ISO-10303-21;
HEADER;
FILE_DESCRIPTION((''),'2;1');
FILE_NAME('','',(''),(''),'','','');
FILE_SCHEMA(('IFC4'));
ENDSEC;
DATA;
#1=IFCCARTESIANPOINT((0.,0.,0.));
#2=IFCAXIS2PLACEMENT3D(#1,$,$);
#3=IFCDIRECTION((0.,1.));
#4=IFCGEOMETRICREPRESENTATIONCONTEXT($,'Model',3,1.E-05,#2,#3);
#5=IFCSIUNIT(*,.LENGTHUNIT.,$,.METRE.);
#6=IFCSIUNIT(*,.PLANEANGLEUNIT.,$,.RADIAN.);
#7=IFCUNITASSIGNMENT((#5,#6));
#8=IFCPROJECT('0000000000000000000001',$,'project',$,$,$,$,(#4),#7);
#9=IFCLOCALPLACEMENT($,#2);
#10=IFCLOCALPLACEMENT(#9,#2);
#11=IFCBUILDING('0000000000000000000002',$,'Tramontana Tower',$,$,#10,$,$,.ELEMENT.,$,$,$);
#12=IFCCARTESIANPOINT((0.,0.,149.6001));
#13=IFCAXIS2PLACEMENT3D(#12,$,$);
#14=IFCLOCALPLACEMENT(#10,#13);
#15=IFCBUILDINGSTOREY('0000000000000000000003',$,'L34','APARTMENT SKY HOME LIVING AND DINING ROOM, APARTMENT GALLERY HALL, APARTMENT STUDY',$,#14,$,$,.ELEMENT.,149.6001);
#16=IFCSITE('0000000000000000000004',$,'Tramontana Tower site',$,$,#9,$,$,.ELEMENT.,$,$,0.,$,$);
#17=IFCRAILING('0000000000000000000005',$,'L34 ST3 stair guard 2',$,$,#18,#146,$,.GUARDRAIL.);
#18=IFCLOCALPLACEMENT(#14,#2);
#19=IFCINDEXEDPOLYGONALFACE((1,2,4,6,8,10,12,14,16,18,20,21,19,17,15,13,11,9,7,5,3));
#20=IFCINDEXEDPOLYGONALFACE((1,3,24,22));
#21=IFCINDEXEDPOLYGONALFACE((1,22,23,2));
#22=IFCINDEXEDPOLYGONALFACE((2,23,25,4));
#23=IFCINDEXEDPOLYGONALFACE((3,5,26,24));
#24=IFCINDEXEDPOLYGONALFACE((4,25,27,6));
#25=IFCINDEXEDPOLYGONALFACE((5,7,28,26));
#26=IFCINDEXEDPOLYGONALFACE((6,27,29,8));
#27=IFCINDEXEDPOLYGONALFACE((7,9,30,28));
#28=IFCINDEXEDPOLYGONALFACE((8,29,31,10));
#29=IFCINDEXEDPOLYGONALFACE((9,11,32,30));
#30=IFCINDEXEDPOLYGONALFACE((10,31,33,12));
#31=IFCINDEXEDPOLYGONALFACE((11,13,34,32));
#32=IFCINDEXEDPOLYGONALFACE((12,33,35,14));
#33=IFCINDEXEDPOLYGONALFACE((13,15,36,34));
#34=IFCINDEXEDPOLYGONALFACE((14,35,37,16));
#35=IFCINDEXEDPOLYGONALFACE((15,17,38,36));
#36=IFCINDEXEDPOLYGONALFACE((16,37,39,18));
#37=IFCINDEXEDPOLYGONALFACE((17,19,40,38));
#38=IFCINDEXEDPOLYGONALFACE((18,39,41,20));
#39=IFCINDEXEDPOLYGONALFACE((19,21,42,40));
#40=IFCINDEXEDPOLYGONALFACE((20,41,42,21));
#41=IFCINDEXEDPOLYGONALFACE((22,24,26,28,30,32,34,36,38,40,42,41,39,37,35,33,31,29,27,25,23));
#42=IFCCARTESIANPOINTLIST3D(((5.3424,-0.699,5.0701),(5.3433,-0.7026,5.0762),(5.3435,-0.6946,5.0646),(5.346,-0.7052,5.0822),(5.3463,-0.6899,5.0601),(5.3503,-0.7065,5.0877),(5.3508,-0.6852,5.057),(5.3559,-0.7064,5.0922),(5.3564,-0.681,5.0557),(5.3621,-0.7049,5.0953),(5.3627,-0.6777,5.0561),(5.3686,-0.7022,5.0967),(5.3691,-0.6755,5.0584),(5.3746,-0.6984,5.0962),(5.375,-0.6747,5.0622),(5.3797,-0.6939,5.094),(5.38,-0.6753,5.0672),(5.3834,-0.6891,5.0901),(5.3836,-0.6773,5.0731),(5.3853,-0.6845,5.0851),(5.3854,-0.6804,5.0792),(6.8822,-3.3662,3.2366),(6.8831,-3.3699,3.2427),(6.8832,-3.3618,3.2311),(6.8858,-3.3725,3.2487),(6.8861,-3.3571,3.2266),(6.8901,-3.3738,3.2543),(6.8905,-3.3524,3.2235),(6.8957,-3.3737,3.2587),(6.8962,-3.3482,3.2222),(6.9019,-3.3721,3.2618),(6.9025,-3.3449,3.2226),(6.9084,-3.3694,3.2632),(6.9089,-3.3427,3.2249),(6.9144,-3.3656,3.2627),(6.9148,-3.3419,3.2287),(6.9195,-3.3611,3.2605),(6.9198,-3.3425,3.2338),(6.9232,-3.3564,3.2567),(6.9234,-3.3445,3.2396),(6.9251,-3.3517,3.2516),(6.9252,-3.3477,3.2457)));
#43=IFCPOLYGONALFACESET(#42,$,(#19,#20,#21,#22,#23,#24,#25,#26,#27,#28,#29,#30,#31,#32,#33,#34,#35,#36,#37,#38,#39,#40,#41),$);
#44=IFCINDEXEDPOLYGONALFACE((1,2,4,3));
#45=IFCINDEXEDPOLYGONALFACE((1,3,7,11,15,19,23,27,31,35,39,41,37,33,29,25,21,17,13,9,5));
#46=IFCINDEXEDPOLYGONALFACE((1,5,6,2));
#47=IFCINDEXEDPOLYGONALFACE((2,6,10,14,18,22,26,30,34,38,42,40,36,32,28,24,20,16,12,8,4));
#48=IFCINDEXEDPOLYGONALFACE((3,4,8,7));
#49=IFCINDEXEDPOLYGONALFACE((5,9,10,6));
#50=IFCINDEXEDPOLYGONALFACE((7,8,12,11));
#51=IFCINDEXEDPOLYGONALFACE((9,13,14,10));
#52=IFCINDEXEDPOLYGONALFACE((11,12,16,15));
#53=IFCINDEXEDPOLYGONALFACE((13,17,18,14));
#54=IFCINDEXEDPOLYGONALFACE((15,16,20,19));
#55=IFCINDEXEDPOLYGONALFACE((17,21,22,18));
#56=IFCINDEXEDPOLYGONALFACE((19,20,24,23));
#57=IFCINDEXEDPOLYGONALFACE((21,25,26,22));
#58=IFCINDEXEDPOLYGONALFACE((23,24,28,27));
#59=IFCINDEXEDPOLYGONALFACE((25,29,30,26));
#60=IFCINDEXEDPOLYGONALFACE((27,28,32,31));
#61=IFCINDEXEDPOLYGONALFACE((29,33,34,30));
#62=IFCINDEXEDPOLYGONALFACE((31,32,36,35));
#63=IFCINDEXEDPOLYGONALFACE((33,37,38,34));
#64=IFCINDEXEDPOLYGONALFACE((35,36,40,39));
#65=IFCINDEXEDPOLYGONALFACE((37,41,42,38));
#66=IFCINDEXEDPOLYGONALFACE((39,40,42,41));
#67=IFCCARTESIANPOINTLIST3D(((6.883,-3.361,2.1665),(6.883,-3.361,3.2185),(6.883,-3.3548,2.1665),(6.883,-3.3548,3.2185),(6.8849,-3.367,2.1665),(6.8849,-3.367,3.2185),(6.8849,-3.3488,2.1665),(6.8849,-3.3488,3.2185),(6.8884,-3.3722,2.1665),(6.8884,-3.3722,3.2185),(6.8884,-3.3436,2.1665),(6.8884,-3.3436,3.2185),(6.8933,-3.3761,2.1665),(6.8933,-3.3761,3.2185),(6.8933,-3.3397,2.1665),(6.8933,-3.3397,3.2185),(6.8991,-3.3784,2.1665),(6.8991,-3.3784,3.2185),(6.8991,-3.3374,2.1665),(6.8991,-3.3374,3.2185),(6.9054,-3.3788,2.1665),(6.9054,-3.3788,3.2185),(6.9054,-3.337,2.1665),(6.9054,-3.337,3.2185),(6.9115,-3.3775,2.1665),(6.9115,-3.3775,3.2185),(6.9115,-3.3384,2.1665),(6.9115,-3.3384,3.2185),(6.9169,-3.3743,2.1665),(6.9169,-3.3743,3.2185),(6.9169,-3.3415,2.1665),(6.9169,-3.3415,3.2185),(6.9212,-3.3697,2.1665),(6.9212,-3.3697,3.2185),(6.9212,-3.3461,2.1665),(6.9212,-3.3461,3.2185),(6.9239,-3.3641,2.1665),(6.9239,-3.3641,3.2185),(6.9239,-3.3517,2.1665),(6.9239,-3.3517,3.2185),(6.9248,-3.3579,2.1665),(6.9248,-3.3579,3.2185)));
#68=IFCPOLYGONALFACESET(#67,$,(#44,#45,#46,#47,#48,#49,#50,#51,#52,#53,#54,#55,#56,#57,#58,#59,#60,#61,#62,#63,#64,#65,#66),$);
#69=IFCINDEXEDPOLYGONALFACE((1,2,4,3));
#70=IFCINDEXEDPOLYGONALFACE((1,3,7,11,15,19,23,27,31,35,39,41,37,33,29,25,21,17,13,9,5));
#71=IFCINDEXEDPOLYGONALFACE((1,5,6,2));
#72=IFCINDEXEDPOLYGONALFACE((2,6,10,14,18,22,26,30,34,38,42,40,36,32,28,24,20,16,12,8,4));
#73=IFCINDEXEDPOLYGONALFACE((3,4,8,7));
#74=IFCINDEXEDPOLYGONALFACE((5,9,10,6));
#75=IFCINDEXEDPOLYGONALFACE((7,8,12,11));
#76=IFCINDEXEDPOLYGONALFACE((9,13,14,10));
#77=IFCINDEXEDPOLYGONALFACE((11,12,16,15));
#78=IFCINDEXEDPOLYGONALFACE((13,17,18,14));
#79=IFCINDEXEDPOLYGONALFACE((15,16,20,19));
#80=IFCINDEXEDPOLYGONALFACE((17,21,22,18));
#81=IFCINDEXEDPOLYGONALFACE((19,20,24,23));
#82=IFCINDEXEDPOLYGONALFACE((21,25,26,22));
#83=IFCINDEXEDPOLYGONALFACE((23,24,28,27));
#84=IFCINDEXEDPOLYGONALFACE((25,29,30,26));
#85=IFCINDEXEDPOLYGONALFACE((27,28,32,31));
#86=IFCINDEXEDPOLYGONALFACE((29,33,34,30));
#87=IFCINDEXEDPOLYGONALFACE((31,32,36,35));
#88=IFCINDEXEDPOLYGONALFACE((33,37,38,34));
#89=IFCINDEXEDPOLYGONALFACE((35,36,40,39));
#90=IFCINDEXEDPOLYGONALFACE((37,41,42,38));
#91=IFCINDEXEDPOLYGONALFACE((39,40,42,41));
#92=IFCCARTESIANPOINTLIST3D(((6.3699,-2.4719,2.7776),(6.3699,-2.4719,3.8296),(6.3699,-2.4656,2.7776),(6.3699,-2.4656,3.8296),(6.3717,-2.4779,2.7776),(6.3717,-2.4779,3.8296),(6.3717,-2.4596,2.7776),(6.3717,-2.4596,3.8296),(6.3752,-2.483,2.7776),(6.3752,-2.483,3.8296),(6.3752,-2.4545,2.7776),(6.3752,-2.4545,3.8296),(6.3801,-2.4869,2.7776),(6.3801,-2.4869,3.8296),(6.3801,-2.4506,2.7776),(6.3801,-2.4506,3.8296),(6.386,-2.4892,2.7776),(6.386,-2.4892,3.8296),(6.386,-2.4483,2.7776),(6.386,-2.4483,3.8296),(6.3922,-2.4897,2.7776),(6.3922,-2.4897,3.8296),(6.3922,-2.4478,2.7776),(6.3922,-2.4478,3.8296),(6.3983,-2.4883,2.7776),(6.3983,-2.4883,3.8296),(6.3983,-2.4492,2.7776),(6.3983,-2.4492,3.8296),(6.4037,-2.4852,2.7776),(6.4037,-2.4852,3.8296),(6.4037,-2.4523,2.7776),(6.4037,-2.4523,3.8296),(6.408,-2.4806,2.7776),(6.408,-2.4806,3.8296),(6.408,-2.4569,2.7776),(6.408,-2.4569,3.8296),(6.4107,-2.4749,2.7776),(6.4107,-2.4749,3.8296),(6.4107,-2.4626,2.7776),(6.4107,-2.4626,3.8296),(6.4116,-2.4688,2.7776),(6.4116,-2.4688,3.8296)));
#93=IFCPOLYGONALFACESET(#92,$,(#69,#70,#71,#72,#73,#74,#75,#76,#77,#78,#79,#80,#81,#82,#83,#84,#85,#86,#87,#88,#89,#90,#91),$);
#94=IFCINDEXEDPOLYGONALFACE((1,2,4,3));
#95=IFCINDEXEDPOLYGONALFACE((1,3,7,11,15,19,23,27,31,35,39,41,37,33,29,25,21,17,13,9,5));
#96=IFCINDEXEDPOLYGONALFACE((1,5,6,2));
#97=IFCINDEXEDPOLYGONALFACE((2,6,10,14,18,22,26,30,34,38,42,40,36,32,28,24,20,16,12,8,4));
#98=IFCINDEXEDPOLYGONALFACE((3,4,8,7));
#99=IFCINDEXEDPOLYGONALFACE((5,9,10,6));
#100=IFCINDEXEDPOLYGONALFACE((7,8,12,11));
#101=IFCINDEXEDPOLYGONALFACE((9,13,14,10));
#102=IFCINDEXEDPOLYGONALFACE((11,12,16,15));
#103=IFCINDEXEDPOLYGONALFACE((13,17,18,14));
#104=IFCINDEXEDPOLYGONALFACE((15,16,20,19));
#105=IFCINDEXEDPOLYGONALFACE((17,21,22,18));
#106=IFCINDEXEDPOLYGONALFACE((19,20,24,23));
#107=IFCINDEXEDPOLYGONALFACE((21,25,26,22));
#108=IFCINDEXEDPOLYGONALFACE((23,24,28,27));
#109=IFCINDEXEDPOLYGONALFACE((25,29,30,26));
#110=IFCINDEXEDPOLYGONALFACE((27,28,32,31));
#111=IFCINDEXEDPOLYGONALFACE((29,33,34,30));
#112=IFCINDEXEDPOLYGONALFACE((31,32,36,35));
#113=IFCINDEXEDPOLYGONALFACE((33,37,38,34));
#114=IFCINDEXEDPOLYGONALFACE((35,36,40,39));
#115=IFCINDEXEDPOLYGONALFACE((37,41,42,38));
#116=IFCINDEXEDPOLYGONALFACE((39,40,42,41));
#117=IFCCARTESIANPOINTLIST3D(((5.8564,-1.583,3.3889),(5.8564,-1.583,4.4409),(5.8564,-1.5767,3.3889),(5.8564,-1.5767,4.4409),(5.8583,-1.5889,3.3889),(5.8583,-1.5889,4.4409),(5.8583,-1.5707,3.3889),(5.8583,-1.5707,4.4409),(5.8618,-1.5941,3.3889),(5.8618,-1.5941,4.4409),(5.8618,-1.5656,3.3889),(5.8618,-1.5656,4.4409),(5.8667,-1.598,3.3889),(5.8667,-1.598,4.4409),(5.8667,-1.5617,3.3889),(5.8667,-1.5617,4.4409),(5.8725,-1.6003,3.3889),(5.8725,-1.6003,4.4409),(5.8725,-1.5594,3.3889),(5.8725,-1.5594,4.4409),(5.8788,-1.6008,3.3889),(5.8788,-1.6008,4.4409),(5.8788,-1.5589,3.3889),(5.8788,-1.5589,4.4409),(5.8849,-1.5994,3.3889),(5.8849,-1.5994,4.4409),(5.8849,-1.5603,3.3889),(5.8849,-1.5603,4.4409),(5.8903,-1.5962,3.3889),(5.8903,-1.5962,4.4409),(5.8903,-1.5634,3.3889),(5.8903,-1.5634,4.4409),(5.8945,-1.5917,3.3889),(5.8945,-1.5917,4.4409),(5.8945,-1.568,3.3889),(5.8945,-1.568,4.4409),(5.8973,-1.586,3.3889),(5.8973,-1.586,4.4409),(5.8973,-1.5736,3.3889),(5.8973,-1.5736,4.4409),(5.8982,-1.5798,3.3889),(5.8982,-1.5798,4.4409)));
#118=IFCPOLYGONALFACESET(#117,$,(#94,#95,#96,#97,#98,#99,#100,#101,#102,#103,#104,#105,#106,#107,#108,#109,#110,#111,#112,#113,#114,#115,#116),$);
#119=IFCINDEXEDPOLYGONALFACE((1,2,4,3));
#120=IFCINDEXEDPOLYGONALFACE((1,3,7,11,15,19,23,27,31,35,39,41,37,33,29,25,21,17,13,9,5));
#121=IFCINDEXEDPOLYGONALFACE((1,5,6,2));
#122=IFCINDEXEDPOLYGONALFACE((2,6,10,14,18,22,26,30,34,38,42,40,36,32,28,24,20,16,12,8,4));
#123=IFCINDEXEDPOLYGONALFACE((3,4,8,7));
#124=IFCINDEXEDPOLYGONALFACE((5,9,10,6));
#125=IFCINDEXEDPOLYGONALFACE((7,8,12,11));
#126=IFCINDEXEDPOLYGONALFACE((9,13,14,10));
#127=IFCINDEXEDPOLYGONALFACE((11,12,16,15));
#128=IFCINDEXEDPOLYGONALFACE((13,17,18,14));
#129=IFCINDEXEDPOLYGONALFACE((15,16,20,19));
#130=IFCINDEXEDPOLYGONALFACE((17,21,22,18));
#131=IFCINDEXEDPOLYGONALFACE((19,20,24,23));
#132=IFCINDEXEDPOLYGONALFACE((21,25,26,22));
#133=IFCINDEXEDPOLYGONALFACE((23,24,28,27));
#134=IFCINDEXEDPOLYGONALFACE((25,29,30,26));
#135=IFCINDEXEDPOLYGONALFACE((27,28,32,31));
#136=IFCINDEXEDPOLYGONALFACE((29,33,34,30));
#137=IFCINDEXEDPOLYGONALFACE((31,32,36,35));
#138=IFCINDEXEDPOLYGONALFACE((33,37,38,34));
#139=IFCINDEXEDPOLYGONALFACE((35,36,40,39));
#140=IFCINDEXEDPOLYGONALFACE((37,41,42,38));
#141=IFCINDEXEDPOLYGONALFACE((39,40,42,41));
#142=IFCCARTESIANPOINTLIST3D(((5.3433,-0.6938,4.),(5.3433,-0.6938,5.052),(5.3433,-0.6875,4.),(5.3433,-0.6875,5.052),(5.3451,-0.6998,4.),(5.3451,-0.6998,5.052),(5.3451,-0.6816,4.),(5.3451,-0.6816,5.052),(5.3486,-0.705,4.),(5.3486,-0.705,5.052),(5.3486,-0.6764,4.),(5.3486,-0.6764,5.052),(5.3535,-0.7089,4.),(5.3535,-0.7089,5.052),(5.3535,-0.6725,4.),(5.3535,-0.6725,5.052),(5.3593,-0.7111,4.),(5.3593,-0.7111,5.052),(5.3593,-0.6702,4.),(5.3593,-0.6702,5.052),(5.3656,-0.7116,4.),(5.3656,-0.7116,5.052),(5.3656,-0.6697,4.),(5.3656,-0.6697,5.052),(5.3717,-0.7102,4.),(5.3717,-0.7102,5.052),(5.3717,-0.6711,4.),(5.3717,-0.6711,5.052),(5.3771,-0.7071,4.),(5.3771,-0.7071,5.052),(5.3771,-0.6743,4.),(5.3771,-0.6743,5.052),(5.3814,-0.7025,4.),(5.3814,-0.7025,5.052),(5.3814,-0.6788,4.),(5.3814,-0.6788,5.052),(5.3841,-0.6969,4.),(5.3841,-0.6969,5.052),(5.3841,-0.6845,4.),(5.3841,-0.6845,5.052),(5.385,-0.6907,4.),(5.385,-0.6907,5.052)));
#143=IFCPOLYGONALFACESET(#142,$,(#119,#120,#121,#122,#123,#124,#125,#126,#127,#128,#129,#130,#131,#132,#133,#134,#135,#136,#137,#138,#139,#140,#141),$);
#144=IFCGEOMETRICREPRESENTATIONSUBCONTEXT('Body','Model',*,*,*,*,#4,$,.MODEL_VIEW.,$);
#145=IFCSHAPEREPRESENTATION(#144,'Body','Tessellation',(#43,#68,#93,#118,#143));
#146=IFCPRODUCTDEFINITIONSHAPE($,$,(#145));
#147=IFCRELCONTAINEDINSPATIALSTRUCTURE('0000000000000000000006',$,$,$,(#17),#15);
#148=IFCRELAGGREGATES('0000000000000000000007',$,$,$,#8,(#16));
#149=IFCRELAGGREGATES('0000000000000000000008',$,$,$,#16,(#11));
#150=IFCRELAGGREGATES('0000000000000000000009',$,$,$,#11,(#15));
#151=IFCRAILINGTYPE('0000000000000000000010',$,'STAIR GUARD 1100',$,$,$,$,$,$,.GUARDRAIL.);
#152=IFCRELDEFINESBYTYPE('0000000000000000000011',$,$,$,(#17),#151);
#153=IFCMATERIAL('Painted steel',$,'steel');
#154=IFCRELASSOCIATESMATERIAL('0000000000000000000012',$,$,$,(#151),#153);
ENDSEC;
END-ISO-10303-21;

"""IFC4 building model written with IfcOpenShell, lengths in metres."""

from ifc_helpers import new_model, si_unit, direction, frame, origin, origin_2d, place, context, subcontext, project, spatial, circle, extrude, material, type_object, element, save


model = new_model("IFC4")

# Units and contexts
model_context = context("Model", 3, precision=1e-05, world=origin(), true_north=direction((0.0, 1.0)))
body_context = subcontext(model_context, "Body", "Model", "MODEL_VIEW")
ifc_project = project(units=[si_unit("LENGTHUNIT", "METRE"), si_unit("PLANEANGLEUNIT", "RADIAN")], contexts=[model_context])

# Site, building, storey
site_placement = place(None, origin())
site = spatial("IfcSite", under=ifc_project, at=site_placement, Name="Tramontana Tower site", CompositionType="ELEMENT", RefElevation=0.0)
building_placement = place(site_placement, origin())
building = spatial("IfcBuilding", under=site, at=building_placement, Name="Tramontana Tower", CompositionType="ELEMENT")
storey_placement = place(building_placement, frame((0.0, 0.0, 149.6001)))
storey = spatial("IfcBuildingStorey", under=building, at=storey_placement, Name="L34", Description="APARTMENT SKY HOME LIVING AND DINING ROOM, APARTMENT GALLERY HALL, APARTMENT STUDY", CompositionType="ELEMENT", Elevation=149.6001)

# Railing
ifc_material_1 = material(Name="Painted steel", Category="steel")
railing_type_1 = type_object("IfcRailingType", Name="STAIR GUARD 1100", PredefinedType="GUARDRAIL", material=ifc_material_1)
railing_1_placement = place(storey_placement, frame((6.9038, -3.3579, 2.1665)))
element("IfcRailing", 1, at=railing_1_placement, inside=storey, type_object=railing_type_1, Name="L34 ST3 stair guard 2", PredefinedType="GUARDRAIL", context=body_context, shape_type="SweptSolid", body=[
    extrude(circle(Radius=0.0239, at=origin_2d()), frame((0.0, 0.0, 1.0762), z_axis=(-0.429601, 0.744155, 0.511543), x_axis=(-0.866044, -0.499967, 0.0)), (0.0, 0.0, 1.0), 3.5842),
    extrude(circle(Radius=0.021, at=origin_2d()), origin(), (0.0, 0.0, 1.0), 1.052),
    extrude(circle(Radius=0.021, at=origin_2d()), frame((-0.5132, 0.8892, 0.6111)), (0.0, 0.0, 1.0), 1.052),
    extrude(circle(Radius=0.021, at=origin_2d()), frame((-1.0266, 1.7781, 1.2224)), (0.0, 0.0, 1.0), 1.052),
    extrude(circle(Radius=0.021, at=origin_2d()), frame((-1.5398, 2.6672, 1.8335)), (0.0, 0.0, 1.0), 1.052),
])

save(model, "model.ifc")
